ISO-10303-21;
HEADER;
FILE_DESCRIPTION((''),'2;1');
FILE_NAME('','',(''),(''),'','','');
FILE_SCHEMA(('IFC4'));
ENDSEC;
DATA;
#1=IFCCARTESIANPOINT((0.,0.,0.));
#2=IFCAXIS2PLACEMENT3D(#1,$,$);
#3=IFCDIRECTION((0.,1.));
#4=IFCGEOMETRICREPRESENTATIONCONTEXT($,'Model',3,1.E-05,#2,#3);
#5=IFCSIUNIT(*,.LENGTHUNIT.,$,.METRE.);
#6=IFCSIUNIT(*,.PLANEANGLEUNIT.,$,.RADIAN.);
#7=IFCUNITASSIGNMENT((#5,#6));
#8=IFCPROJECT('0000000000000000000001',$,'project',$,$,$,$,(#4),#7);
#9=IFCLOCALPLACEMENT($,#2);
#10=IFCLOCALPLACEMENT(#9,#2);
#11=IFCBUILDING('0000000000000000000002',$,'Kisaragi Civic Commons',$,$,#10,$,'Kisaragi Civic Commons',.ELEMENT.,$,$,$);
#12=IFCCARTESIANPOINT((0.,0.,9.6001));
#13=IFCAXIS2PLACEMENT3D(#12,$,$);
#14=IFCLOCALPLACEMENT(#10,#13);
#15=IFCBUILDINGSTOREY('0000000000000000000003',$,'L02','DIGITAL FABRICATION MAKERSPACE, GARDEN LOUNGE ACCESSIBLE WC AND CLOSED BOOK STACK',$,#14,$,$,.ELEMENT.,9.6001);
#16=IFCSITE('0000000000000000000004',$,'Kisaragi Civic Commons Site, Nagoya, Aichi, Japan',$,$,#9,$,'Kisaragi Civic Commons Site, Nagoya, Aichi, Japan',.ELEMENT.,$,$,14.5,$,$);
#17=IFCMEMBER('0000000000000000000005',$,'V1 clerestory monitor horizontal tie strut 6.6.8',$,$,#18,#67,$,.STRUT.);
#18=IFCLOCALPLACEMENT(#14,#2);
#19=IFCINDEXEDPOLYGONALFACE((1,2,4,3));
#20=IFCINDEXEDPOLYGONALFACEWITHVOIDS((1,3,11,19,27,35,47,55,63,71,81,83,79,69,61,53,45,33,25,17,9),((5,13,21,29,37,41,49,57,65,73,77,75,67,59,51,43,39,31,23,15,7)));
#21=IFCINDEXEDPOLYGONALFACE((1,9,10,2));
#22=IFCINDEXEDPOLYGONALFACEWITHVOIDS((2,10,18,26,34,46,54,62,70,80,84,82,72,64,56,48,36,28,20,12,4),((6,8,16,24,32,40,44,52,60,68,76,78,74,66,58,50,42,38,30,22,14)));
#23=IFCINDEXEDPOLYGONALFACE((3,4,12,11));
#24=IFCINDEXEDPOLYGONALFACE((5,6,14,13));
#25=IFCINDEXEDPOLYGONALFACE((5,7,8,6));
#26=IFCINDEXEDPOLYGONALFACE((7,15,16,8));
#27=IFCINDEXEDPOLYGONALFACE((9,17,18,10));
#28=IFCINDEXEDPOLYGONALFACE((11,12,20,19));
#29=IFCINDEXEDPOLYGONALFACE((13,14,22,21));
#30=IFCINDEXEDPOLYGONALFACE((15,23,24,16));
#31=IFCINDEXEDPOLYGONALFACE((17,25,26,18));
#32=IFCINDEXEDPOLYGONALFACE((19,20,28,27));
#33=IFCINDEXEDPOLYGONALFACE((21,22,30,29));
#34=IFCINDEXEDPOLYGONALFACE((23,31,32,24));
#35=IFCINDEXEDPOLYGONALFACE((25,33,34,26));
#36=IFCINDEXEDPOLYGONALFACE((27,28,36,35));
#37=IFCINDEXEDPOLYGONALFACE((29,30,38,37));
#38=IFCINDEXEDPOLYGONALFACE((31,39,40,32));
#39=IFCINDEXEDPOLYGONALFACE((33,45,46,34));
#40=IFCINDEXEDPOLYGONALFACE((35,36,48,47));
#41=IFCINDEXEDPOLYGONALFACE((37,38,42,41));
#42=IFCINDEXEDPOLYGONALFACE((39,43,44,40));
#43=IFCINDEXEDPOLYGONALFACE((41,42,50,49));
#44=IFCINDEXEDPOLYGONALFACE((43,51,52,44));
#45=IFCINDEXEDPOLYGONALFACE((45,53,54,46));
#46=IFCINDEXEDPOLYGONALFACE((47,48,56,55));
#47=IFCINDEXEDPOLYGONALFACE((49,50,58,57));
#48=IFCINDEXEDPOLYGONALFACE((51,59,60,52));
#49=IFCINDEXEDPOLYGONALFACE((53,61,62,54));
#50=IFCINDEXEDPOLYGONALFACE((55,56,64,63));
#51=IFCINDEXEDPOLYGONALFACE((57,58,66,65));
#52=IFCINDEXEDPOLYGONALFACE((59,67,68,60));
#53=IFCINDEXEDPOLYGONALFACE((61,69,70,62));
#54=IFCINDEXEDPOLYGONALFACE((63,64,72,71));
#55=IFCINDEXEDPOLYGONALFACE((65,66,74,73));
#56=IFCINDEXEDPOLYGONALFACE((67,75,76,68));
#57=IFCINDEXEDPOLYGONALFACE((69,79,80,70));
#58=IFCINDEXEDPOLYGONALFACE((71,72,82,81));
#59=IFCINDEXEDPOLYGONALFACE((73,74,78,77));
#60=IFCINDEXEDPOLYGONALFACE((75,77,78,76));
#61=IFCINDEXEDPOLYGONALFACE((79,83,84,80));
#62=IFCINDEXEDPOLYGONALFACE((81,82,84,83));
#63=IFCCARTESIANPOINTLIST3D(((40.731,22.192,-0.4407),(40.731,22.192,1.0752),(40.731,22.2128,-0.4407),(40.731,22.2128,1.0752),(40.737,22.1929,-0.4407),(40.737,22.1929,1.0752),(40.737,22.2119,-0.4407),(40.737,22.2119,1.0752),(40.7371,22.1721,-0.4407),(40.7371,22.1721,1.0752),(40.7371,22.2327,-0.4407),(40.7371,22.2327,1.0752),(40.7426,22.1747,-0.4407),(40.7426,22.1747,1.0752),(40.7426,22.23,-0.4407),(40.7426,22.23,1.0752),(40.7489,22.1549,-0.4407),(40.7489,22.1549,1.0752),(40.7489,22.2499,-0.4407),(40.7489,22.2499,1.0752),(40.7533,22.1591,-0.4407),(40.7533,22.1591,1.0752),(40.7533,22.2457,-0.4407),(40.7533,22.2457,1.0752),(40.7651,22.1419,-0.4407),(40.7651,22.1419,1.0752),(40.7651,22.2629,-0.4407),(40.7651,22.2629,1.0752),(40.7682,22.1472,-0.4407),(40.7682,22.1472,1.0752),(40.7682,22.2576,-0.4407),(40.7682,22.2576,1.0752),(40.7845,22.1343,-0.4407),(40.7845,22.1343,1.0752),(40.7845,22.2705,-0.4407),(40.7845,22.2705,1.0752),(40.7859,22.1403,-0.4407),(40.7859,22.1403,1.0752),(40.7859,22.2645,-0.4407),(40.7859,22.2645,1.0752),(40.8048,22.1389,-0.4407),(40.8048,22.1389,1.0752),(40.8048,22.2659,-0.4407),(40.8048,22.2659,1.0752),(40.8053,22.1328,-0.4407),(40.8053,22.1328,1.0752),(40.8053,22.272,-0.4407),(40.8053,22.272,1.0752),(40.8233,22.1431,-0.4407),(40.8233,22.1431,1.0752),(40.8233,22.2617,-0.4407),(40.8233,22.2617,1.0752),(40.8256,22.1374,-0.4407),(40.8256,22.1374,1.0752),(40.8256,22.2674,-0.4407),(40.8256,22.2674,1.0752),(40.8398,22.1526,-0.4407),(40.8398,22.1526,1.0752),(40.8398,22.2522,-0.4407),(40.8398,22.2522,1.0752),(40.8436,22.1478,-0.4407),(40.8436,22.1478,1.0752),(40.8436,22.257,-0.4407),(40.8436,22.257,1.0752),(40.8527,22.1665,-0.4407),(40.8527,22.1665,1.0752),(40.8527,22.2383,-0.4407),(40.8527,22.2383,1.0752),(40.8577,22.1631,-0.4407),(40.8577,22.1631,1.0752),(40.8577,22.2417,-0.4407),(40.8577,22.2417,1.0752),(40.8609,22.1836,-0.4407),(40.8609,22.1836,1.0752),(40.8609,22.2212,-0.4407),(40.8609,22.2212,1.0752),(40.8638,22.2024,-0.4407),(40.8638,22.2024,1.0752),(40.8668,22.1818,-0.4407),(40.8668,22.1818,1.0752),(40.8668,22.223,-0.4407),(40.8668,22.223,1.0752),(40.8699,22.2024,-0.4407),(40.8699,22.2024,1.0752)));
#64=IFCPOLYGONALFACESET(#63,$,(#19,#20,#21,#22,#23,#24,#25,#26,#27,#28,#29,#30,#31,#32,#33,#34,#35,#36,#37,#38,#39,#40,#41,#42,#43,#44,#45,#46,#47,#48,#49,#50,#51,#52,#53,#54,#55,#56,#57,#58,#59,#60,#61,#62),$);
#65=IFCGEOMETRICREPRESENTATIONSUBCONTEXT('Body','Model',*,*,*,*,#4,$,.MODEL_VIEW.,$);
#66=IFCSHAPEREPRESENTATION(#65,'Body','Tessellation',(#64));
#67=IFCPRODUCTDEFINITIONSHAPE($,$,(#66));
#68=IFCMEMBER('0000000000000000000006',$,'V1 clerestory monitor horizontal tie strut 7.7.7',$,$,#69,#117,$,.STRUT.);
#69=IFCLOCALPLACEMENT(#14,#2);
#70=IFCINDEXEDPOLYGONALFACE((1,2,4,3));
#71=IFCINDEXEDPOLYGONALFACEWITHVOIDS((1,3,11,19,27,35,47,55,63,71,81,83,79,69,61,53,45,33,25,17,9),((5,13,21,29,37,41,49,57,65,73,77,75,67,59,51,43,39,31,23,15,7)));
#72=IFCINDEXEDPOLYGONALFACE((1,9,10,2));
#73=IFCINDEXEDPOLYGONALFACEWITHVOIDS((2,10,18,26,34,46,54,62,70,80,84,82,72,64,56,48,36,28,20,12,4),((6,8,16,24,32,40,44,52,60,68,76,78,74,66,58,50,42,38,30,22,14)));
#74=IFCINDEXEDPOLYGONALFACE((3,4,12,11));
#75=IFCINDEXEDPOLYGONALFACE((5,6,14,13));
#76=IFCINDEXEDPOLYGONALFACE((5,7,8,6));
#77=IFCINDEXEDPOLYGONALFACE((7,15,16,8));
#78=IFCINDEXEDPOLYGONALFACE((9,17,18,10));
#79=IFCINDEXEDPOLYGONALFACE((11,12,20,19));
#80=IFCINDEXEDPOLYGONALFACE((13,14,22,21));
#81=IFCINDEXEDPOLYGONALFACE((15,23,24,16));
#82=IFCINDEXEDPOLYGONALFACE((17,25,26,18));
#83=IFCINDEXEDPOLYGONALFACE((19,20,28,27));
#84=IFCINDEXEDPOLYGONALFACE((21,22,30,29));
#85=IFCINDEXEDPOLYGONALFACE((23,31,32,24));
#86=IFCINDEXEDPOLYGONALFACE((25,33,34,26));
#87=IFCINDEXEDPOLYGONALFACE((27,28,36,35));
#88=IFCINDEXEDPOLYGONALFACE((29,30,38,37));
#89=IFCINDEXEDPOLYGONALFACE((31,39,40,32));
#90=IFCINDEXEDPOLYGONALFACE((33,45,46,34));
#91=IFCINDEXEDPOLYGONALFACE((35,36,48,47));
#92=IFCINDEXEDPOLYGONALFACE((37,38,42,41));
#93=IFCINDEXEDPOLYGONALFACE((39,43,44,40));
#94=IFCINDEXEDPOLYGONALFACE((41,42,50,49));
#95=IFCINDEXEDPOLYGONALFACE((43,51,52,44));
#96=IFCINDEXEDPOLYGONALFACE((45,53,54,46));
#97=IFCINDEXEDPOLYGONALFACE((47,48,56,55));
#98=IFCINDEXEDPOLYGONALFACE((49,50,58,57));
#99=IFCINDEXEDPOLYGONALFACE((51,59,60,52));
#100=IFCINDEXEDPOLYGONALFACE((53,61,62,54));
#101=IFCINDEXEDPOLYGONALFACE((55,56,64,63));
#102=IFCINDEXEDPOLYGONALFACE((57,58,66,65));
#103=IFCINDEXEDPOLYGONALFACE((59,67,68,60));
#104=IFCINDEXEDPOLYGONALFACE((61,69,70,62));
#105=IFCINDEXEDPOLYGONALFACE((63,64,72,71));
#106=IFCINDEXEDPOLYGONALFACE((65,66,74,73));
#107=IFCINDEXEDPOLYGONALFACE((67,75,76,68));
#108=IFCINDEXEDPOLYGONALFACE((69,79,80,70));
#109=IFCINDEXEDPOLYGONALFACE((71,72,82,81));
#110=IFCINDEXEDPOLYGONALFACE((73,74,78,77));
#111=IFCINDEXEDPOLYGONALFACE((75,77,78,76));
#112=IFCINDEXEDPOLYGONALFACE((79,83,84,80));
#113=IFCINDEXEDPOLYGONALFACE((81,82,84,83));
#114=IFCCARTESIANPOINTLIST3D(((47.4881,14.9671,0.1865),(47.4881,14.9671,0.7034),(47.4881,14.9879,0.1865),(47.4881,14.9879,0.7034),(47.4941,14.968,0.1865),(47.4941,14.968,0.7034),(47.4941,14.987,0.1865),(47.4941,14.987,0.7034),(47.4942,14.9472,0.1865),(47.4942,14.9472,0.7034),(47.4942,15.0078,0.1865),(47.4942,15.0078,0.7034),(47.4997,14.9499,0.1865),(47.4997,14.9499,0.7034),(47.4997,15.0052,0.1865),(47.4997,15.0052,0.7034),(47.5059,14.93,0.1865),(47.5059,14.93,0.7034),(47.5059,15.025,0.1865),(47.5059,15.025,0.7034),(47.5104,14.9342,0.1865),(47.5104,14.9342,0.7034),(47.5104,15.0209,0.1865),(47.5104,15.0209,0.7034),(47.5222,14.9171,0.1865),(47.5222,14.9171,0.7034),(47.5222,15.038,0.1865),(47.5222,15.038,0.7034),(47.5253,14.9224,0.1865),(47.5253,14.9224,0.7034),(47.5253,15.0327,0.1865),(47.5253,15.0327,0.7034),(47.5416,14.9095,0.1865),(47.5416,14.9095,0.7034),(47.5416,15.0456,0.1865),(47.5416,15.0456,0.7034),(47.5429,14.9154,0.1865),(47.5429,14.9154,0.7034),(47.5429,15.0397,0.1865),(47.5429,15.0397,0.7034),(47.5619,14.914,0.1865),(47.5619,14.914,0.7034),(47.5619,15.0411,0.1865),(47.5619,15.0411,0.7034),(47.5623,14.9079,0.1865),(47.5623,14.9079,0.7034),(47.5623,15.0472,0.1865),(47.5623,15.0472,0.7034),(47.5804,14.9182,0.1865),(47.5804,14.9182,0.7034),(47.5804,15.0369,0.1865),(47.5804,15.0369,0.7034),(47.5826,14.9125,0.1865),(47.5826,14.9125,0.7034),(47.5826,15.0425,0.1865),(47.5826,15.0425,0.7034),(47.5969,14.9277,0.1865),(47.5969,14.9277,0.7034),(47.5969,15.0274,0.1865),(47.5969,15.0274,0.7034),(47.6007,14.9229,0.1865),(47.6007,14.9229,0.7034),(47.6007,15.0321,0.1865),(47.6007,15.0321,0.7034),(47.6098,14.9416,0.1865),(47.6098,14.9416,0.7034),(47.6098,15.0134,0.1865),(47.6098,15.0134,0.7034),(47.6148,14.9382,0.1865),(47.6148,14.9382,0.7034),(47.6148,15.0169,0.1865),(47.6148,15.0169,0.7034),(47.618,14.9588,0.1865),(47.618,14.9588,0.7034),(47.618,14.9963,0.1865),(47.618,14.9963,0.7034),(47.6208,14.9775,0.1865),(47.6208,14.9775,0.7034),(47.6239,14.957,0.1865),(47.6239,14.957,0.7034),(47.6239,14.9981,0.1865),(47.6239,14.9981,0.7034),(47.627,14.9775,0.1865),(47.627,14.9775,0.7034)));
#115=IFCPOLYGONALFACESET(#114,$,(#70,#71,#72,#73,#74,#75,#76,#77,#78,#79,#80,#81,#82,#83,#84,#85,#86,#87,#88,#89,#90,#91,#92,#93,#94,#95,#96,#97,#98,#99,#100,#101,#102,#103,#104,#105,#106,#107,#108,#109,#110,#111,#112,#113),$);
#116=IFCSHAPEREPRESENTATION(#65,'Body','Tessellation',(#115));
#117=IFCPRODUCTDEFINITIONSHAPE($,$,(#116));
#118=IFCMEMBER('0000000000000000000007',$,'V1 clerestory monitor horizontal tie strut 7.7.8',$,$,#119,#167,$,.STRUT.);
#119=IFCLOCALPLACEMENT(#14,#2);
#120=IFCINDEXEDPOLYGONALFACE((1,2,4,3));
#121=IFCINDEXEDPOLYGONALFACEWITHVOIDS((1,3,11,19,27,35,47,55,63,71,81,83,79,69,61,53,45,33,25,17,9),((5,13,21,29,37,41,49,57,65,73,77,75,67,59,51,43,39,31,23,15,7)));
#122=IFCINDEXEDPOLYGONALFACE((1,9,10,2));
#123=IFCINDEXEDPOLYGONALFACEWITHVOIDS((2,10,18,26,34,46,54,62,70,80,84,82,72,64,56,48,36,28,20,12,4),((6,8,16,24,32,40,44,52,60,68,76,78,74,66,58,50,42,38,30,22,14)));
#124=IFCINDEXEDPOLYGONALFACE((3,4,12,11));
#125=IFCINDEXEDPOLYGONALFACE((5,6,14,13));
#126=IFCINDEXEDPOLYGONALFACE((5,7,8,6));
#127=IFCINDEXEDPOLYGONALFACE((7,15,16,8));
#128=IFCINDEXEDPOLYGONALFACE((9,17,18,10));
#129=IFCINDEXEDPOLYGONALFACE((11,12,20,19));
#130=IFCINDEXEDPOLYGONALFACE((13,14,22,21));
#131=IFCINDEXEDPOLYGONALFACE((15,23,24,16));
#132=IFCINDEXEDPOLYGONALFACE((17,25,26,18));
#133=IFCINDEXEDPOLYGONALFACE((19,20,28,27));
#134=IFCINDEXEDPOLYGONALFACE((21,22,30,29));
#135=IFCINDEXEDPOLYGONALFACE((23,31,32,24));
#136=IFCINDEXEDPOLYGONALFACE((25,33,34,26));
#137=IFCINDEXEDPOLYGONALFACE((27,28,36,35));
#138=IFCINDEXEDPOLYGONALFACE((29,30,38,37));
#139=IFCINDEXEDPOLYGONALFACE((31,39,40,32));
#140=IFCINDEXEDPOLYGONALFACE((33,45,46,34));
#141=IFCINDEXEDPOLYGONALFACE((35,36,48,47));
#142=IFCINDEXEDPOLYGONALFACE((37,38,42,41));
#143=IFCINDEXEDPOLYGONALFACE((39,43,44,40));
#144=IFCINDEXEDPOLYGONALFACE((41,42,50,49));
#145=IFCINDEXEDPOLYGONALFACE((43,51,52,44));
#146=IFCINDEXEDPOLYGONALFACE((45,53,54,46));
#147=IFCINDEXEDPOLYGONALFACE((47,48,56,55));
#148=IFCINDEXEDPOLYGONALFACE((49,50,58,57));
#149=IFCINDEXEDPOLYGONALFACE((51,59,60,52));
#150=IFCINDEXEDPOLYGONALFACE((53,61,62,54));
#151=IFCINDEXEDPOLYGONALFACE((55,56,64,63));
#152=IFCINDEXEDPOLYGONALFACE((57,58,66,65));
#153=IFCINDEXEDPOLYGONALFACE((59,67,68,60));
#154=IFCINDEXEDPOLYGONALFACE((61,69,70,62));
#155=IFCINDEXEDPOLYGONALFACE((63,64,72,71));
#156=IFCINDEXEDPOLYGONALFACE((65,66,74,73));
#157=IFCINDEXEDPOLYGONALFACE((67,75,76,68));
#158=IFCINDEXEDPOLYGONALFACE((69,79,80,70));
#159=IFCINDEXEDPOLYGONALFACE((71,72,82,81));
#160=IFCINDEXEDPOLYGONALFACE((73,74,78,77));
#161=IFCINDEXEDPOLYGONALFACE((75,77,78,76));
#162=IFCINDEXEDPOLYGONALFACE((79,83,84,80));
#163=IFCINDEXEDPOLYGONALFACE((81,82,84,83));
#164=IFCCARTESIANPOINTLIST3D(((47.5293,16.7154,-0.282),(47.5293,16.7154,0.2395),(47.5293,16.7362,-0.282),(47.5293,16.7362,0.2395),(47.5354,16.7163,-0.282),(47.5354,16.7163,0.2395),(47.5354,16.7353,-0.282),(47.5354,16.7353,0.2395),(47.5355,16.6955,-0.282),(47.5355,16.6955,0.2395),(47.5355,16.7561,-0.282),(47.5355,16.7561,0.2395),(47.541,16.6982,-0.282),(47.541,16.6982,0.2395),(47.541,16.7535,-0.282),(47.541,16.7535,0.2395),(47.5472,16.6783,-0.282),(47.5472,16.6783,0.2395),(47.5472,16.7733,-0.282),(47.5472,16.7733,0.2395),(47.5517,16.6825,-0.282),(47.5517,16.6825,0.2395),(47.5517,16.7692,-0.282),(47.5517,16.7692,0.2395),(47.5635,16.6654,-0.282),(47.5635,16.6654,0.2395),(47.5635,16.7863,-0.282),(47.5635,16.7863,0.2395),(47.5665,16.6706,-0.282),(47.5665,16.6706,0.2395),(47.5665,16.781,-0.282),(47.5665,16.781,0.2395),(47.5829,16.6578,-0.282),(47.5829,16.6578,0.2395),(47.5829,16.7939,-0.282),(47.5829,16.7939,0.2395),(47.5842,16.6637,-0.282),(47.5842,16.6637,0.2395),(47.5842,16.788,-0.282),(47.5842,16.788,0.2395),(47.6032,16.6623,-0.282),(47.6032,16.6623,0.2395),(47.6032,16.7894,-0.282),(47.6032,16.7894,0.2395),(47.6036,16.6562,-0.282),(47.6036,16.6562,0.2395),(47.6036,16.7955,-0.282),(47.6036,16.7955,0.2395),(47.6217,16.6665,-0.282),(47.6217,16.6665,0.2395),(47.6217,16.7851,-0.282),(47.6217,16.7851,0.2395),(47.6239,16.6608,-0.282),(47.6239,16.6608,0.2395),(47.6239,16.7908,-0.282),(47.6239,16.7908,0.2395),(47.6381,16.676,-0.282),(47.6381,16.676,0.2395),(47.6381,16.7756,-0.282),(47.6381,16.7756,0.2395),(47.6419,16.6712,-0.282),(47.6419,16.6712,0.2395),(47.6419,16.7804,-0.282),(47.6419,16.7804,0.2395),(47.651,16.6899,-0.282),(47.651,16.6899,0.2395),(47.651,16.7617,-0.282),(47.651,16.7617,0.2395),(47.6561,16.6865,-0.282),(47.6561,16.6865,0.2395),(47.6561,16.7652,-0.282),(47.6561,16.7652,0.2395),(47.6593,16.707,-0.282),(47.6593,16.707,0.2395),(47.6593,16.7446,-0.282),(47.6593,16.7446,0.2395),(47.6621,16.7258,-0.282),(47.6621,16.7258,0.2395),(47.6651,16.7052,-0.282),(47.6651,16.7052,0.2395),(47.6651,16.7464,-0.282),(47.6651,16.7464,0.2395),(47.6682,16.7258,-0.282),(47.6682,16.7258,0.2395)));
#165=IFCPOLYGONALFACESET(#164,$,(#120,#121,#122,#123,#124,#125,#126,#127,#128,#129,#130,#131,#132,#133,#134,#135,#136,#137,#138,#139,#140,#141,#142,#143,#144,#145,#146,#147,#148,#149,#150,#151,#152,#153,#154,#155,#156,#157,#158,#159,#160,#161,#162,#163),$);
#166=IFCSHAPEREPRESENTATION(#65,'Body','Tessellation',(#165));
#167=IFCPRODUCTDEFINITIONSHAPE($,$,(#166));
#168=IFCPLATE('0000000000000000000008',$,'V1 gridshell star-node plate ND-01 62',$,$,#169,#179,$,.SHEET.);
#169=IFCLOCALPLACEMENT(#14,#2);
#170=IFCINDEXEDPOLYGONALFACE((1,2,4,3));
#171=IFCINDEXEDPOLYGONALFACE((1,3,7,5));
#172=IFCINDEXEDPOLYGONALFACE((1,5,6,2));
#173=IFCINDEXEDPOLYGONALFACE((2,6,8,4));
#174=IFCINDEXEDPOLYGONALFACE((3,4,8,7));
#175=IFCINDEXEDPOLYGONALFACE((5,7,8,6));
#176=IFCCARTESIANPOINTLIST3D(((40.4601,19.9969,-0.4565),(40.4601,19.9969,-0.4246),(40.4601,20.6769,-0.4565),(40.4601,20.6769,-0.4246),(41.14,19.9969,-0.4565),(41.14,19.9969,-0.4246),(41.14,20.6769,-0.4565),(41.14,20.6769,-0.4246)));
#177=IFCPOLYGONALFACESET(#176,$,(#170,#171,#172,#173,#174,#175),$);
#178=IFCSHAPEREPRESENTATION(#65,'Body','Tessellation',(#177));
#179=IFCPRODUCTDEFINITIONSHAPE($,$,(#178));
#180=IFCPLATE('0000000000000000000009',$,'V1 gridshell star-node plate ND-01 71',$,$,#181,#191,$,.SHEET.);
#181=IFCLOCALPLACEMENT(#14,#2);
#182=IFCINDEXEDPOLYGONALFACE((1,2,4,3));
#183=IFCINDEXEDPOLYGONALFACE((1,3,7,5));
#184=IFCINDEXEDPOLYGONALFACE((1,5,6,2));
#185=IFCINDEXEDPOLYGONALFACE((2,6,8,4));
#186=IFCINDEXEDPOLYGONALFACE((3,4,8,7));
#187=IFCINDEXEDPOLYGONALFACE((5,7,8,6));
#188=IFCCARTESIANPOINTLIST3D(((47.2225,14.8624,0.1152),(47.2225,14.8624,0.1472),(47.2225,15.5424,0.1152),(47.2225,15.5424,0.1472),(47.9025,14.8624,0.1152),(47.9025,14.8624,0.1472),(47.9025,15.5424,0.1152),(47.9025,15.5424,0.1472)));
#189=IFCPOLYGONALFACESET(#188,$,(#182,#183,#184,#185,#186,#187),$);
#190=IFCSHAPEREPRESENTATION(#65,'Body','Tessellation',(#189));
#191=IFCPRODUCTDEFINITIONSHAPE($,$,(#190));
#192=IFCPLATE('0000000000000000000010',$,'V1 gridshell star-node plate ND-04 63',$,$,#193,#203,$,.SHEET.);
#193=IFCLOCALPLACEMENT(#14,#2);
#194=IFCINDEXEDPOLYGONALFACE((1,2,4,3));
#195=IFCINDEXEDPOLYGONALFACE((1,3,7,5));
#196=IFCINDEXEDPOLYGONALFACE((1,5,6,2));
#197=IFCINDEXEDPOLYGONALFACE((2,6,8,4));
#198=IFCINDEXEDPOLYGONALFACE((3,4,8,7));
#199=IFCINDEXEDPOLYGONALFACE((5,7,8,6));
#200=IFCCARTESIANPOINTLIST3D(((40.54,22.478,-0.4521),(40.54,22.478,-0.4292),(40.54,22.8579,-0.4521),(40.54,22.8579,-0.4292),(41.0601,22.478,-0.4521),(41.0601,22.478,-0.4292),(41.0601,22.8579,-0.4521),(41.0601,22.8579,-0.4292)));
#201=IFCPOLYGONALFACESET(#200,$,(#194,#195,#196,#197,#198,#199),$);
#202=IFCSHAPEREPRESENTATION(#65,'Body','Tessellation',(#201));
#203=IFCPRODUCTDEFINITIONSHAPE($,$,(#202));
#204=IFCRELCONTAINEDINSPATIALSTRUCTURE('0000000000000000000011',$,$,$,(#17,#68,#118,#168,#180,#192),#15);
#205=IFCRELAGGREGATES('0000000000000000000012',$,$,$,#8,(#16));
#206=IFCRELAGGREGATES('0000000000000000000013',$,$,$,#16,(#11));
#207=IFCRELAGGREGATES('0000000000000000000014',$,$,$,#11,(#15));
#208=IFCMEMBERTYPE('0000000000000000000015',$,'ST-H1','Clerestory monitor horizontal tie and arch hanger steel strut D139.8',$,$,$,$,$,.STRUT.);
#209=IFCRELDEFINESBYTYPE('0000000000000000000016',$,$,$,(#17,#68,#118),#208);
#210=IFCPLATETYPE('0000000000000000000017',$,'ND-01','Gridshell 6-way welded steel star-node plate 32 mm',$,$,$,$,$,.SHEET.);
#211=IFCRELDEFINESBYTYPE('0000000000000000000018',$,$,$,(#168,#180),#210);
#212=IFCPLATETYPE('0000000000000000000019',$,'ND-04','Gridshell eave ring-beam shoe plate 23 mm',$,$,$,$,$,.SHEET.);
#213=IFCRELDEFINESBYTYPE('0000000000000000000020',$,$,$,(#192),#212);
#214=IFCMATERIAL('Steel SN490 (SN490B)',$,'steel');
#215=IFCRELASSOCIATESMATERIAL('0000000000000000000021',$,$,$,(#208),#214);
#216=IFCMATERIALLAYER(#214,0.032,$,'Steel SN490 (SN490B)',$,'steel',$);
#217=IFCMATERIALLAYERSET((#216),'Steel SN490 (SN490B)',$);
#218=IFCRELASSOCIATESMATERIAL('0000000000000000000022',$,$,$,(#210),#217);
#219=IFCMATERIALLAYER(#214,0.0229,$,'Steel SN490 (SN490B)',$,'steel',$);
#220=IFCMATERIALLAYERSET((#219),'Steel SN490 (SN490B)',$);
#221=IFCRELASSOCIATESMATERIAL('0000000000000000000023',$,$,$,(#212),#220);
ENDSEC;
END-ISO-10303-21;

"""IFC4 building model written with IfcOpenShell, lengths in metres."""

from ifc_helpers import new_model, si_unit, direction, frame, origin, origin_2d, place, context, subcontext, project, spatial, rectangle, hollow_circle, extrude, material, layer, layer_set, material_profile, profile_set, type_object, element, save


model = new_model("IFC4")

# Units and contexts
model_context = context("Model", 3, precision=1e-05, world=origin(), true_north=direction((0.0, 1.0)))
body_context = subcontext(model_context, "Body", "Model", "MODEL_VIEW")
ifc_project = project(units=[si_unit("LENGTHUNIT", "METRE"), si_unit("PLANEANGLEUNIT", "RADIAN")], contexts=[model_context])

# Site, building, storey
site_placement = place(None, origin())
site = spatial("IfcSite", under=ifc_project, at=site_placement, Name="Kisaragi Civic Commons Site, Nagoya, Aichi, Japan", LongName="Kisaragi Civic Commons Site, Nagoya, Aichi, Japan", CompositionType="ELEMENT", RefElevation=14.5)
building_placement = place(site_placement, origin())
building = spatial("IfcBuilding", under=site, at=building_placement, Name="Kisaragi Civic Commons", LongName="Kisaragi Civic Commons", CompositionType="ELEMENT")
storey_placement = place(building_placement, frame((0.0, 0.0, 9.6001)))
storey = spatial("IfcBuildingStorey", under=building, at=storey_placement, Name="L02", Description="DIGITAL FABRICATION MAKERSPACE, GARDEN LOUNGE ACCESSIBLE WC AND CLOSED BOOK STACK", CompositionType="ELEMENT", Elevation=9.6001)

# Shared definitions
ifc_material_1 = material(Name="Steel SN490 (SN490B)", Category="steel")

# Members
ifc_material_profile_1 = material_profile(ifc_material_1, hollow_circle(Radius=0.0698, WallThickness=0.0061, at=origin_2d()), Name="CHS-139.8x6.0", Category="steel")
ifc_profile_set_1 = profile_set([ifc_material_profile_1], Name="Steel SN490 (SN490B)")
member_type_1 = type_object("IfcMemberType", Name="ST-H1", Description="Clerestory monitor horizontal tie and arch hanger steel strut D139.8", PredefinedType="STRUT", material=ifc_profile_set_1)
member_1_placement = place(storey_placement, frame((40.8, 22.2024, -0.4407), z_axis=(0.0, 0.0, 1.0), x_axis=(1.0, 0.0, 0.0)))
element("IfcMember", 1, at=member_1_placement, inside=storey, type_object=member_type_1, Name="V1 clerestory monitor horizontal tie strut 6.6.8", PredefinedType="STRUT", context=body_context, shape_type="SweptSolid", body=[
    extrude(hollow_circle(Radius=0.0698, WallThickness=0.0061, at=origin_2d()), origin(), (0.0, 0.0, 1.0), 1.5159),
])
member_2_placement = place(storey_placement, frame((47.5571, 14.9775, 0.1865), z_axis=(0.0, 0.0, 1.0), x_axis=(1.0, 0.0, 0.0)))
element("IfcMember", 2, at=member_2_placement, inside=storey, type_object=member_type_1, Name="V1 clerestory monitor horizontal tie strut 7.7.7", PredefinedType="STRUT", context=body_context, shape_type="SweptSolid", body=[
    extrude(hollow_circle(Radius=0.0698, WallThickness=0.0061, at=origin_2d()), origin(), (0.0, 0.0, 1.0), 0.5168),
])
member_3_placement = place(storey_placement, frame((47.5984, 16.7258, -0.282), z_axis=(0.0, 0.0, 1.0), x_axis=(1.0, 0.0, 0.0)))
element("IfcMember", 3, at=member_3_placement, inside=storey, type_object=member_type_1, Name="V1 clerestory monitor horizontal tie strut 7.7.8", PredefinedType="STRUT", context=body_context, shape_type="SweptSolid", body=[
    extrude(hollow_circle(Radius=0.0698, WallThickness=0.0061, at=origin_2d()), origin(), (0.0, 0.0, 1.0), 0.5215),
])

# Plates
ifc_layer_1 = layer(ifc_material_1, 0.032, Name="Steel SN490 (SN490B)", Category="steel")
ifc_layer_set_1 = layer_set([ifc_layer_1], Name="Steel SN490 (SN490B)")
plate_type_1 = type_object("IfcPlateType", Name="ND-01", Description="Gridshell 6-way welded steel star-node plate 32 mm", PredefinedType="SHEET", material=ifc_layer_set_1)
for number, where, z_axis, x_axis, name in (
    (4, (40.8, 20.3369, -0.4565), (0.0, 0.0, 1.0), (1.0, 0.0, 0.0), "V1 gridshell star-node plate ND-01 62"),
    (5, (47.5625, 15.2024, 0.1152), (0.0, 0.0, 1.0), (1.0, 0.0, 0.0), "V1 gridshell star-node plate ND-01 71"),
):
    element("IfcPlate", number, at=place(storey_placement, frame(where, z_axis=z_axis, x_axis=x_axis)), inside=storey, type_object=plate_type_1, Name=name, PredefinedType="SHEET", context=body_context, shape_type="SweptSolid", body=[
        extrude(rectangle(XDim=0.6799, YDim=0.6799, at=origin_2d()), origin(), (0.0, 0.0, 1.0), 0.032),
    ])
ifc_layer_2 = layer(ifc_material_1, 0.0229, Name="Steel SN490 (SN490B)", Category="steel")
ifc_layer_set_2 = layer_set([ifc_layer_2], Name="Steel SN490 (SN490B)")
plate_type_2 = type_object("IfcPlateType", Name="ND-04", Description="Gridshell eave ring-beam shoe plate 23 mm", PredefinedType="SHEET", material=ifc_layer_set_2)
for number, where, z_axis, x_axis, name in (
    (6, (40.8, 22.668, -0.4521), (0.0, 0.0, 1.0), (1.0, 0.0, 0.0), "V1 gridshell star-node plate ND-04 63"),
):
    element("IfcPlate", number, at=place(storey_placement, frame(where, z_axis=z_axis, x_axis=x_axis)), inside=storey, type_object=plate_type_2, Name=name, PredefinedType="SHEET", context=body_context, shape_type="SweptSolid", body=[
        extrude(rectangle(XDim=0.52, YDim=0.3799, at=origin_2d()), origin(), (0.0, 0.0, 1.0), 0.0229),
    ])

save(model, "model.ifc")
